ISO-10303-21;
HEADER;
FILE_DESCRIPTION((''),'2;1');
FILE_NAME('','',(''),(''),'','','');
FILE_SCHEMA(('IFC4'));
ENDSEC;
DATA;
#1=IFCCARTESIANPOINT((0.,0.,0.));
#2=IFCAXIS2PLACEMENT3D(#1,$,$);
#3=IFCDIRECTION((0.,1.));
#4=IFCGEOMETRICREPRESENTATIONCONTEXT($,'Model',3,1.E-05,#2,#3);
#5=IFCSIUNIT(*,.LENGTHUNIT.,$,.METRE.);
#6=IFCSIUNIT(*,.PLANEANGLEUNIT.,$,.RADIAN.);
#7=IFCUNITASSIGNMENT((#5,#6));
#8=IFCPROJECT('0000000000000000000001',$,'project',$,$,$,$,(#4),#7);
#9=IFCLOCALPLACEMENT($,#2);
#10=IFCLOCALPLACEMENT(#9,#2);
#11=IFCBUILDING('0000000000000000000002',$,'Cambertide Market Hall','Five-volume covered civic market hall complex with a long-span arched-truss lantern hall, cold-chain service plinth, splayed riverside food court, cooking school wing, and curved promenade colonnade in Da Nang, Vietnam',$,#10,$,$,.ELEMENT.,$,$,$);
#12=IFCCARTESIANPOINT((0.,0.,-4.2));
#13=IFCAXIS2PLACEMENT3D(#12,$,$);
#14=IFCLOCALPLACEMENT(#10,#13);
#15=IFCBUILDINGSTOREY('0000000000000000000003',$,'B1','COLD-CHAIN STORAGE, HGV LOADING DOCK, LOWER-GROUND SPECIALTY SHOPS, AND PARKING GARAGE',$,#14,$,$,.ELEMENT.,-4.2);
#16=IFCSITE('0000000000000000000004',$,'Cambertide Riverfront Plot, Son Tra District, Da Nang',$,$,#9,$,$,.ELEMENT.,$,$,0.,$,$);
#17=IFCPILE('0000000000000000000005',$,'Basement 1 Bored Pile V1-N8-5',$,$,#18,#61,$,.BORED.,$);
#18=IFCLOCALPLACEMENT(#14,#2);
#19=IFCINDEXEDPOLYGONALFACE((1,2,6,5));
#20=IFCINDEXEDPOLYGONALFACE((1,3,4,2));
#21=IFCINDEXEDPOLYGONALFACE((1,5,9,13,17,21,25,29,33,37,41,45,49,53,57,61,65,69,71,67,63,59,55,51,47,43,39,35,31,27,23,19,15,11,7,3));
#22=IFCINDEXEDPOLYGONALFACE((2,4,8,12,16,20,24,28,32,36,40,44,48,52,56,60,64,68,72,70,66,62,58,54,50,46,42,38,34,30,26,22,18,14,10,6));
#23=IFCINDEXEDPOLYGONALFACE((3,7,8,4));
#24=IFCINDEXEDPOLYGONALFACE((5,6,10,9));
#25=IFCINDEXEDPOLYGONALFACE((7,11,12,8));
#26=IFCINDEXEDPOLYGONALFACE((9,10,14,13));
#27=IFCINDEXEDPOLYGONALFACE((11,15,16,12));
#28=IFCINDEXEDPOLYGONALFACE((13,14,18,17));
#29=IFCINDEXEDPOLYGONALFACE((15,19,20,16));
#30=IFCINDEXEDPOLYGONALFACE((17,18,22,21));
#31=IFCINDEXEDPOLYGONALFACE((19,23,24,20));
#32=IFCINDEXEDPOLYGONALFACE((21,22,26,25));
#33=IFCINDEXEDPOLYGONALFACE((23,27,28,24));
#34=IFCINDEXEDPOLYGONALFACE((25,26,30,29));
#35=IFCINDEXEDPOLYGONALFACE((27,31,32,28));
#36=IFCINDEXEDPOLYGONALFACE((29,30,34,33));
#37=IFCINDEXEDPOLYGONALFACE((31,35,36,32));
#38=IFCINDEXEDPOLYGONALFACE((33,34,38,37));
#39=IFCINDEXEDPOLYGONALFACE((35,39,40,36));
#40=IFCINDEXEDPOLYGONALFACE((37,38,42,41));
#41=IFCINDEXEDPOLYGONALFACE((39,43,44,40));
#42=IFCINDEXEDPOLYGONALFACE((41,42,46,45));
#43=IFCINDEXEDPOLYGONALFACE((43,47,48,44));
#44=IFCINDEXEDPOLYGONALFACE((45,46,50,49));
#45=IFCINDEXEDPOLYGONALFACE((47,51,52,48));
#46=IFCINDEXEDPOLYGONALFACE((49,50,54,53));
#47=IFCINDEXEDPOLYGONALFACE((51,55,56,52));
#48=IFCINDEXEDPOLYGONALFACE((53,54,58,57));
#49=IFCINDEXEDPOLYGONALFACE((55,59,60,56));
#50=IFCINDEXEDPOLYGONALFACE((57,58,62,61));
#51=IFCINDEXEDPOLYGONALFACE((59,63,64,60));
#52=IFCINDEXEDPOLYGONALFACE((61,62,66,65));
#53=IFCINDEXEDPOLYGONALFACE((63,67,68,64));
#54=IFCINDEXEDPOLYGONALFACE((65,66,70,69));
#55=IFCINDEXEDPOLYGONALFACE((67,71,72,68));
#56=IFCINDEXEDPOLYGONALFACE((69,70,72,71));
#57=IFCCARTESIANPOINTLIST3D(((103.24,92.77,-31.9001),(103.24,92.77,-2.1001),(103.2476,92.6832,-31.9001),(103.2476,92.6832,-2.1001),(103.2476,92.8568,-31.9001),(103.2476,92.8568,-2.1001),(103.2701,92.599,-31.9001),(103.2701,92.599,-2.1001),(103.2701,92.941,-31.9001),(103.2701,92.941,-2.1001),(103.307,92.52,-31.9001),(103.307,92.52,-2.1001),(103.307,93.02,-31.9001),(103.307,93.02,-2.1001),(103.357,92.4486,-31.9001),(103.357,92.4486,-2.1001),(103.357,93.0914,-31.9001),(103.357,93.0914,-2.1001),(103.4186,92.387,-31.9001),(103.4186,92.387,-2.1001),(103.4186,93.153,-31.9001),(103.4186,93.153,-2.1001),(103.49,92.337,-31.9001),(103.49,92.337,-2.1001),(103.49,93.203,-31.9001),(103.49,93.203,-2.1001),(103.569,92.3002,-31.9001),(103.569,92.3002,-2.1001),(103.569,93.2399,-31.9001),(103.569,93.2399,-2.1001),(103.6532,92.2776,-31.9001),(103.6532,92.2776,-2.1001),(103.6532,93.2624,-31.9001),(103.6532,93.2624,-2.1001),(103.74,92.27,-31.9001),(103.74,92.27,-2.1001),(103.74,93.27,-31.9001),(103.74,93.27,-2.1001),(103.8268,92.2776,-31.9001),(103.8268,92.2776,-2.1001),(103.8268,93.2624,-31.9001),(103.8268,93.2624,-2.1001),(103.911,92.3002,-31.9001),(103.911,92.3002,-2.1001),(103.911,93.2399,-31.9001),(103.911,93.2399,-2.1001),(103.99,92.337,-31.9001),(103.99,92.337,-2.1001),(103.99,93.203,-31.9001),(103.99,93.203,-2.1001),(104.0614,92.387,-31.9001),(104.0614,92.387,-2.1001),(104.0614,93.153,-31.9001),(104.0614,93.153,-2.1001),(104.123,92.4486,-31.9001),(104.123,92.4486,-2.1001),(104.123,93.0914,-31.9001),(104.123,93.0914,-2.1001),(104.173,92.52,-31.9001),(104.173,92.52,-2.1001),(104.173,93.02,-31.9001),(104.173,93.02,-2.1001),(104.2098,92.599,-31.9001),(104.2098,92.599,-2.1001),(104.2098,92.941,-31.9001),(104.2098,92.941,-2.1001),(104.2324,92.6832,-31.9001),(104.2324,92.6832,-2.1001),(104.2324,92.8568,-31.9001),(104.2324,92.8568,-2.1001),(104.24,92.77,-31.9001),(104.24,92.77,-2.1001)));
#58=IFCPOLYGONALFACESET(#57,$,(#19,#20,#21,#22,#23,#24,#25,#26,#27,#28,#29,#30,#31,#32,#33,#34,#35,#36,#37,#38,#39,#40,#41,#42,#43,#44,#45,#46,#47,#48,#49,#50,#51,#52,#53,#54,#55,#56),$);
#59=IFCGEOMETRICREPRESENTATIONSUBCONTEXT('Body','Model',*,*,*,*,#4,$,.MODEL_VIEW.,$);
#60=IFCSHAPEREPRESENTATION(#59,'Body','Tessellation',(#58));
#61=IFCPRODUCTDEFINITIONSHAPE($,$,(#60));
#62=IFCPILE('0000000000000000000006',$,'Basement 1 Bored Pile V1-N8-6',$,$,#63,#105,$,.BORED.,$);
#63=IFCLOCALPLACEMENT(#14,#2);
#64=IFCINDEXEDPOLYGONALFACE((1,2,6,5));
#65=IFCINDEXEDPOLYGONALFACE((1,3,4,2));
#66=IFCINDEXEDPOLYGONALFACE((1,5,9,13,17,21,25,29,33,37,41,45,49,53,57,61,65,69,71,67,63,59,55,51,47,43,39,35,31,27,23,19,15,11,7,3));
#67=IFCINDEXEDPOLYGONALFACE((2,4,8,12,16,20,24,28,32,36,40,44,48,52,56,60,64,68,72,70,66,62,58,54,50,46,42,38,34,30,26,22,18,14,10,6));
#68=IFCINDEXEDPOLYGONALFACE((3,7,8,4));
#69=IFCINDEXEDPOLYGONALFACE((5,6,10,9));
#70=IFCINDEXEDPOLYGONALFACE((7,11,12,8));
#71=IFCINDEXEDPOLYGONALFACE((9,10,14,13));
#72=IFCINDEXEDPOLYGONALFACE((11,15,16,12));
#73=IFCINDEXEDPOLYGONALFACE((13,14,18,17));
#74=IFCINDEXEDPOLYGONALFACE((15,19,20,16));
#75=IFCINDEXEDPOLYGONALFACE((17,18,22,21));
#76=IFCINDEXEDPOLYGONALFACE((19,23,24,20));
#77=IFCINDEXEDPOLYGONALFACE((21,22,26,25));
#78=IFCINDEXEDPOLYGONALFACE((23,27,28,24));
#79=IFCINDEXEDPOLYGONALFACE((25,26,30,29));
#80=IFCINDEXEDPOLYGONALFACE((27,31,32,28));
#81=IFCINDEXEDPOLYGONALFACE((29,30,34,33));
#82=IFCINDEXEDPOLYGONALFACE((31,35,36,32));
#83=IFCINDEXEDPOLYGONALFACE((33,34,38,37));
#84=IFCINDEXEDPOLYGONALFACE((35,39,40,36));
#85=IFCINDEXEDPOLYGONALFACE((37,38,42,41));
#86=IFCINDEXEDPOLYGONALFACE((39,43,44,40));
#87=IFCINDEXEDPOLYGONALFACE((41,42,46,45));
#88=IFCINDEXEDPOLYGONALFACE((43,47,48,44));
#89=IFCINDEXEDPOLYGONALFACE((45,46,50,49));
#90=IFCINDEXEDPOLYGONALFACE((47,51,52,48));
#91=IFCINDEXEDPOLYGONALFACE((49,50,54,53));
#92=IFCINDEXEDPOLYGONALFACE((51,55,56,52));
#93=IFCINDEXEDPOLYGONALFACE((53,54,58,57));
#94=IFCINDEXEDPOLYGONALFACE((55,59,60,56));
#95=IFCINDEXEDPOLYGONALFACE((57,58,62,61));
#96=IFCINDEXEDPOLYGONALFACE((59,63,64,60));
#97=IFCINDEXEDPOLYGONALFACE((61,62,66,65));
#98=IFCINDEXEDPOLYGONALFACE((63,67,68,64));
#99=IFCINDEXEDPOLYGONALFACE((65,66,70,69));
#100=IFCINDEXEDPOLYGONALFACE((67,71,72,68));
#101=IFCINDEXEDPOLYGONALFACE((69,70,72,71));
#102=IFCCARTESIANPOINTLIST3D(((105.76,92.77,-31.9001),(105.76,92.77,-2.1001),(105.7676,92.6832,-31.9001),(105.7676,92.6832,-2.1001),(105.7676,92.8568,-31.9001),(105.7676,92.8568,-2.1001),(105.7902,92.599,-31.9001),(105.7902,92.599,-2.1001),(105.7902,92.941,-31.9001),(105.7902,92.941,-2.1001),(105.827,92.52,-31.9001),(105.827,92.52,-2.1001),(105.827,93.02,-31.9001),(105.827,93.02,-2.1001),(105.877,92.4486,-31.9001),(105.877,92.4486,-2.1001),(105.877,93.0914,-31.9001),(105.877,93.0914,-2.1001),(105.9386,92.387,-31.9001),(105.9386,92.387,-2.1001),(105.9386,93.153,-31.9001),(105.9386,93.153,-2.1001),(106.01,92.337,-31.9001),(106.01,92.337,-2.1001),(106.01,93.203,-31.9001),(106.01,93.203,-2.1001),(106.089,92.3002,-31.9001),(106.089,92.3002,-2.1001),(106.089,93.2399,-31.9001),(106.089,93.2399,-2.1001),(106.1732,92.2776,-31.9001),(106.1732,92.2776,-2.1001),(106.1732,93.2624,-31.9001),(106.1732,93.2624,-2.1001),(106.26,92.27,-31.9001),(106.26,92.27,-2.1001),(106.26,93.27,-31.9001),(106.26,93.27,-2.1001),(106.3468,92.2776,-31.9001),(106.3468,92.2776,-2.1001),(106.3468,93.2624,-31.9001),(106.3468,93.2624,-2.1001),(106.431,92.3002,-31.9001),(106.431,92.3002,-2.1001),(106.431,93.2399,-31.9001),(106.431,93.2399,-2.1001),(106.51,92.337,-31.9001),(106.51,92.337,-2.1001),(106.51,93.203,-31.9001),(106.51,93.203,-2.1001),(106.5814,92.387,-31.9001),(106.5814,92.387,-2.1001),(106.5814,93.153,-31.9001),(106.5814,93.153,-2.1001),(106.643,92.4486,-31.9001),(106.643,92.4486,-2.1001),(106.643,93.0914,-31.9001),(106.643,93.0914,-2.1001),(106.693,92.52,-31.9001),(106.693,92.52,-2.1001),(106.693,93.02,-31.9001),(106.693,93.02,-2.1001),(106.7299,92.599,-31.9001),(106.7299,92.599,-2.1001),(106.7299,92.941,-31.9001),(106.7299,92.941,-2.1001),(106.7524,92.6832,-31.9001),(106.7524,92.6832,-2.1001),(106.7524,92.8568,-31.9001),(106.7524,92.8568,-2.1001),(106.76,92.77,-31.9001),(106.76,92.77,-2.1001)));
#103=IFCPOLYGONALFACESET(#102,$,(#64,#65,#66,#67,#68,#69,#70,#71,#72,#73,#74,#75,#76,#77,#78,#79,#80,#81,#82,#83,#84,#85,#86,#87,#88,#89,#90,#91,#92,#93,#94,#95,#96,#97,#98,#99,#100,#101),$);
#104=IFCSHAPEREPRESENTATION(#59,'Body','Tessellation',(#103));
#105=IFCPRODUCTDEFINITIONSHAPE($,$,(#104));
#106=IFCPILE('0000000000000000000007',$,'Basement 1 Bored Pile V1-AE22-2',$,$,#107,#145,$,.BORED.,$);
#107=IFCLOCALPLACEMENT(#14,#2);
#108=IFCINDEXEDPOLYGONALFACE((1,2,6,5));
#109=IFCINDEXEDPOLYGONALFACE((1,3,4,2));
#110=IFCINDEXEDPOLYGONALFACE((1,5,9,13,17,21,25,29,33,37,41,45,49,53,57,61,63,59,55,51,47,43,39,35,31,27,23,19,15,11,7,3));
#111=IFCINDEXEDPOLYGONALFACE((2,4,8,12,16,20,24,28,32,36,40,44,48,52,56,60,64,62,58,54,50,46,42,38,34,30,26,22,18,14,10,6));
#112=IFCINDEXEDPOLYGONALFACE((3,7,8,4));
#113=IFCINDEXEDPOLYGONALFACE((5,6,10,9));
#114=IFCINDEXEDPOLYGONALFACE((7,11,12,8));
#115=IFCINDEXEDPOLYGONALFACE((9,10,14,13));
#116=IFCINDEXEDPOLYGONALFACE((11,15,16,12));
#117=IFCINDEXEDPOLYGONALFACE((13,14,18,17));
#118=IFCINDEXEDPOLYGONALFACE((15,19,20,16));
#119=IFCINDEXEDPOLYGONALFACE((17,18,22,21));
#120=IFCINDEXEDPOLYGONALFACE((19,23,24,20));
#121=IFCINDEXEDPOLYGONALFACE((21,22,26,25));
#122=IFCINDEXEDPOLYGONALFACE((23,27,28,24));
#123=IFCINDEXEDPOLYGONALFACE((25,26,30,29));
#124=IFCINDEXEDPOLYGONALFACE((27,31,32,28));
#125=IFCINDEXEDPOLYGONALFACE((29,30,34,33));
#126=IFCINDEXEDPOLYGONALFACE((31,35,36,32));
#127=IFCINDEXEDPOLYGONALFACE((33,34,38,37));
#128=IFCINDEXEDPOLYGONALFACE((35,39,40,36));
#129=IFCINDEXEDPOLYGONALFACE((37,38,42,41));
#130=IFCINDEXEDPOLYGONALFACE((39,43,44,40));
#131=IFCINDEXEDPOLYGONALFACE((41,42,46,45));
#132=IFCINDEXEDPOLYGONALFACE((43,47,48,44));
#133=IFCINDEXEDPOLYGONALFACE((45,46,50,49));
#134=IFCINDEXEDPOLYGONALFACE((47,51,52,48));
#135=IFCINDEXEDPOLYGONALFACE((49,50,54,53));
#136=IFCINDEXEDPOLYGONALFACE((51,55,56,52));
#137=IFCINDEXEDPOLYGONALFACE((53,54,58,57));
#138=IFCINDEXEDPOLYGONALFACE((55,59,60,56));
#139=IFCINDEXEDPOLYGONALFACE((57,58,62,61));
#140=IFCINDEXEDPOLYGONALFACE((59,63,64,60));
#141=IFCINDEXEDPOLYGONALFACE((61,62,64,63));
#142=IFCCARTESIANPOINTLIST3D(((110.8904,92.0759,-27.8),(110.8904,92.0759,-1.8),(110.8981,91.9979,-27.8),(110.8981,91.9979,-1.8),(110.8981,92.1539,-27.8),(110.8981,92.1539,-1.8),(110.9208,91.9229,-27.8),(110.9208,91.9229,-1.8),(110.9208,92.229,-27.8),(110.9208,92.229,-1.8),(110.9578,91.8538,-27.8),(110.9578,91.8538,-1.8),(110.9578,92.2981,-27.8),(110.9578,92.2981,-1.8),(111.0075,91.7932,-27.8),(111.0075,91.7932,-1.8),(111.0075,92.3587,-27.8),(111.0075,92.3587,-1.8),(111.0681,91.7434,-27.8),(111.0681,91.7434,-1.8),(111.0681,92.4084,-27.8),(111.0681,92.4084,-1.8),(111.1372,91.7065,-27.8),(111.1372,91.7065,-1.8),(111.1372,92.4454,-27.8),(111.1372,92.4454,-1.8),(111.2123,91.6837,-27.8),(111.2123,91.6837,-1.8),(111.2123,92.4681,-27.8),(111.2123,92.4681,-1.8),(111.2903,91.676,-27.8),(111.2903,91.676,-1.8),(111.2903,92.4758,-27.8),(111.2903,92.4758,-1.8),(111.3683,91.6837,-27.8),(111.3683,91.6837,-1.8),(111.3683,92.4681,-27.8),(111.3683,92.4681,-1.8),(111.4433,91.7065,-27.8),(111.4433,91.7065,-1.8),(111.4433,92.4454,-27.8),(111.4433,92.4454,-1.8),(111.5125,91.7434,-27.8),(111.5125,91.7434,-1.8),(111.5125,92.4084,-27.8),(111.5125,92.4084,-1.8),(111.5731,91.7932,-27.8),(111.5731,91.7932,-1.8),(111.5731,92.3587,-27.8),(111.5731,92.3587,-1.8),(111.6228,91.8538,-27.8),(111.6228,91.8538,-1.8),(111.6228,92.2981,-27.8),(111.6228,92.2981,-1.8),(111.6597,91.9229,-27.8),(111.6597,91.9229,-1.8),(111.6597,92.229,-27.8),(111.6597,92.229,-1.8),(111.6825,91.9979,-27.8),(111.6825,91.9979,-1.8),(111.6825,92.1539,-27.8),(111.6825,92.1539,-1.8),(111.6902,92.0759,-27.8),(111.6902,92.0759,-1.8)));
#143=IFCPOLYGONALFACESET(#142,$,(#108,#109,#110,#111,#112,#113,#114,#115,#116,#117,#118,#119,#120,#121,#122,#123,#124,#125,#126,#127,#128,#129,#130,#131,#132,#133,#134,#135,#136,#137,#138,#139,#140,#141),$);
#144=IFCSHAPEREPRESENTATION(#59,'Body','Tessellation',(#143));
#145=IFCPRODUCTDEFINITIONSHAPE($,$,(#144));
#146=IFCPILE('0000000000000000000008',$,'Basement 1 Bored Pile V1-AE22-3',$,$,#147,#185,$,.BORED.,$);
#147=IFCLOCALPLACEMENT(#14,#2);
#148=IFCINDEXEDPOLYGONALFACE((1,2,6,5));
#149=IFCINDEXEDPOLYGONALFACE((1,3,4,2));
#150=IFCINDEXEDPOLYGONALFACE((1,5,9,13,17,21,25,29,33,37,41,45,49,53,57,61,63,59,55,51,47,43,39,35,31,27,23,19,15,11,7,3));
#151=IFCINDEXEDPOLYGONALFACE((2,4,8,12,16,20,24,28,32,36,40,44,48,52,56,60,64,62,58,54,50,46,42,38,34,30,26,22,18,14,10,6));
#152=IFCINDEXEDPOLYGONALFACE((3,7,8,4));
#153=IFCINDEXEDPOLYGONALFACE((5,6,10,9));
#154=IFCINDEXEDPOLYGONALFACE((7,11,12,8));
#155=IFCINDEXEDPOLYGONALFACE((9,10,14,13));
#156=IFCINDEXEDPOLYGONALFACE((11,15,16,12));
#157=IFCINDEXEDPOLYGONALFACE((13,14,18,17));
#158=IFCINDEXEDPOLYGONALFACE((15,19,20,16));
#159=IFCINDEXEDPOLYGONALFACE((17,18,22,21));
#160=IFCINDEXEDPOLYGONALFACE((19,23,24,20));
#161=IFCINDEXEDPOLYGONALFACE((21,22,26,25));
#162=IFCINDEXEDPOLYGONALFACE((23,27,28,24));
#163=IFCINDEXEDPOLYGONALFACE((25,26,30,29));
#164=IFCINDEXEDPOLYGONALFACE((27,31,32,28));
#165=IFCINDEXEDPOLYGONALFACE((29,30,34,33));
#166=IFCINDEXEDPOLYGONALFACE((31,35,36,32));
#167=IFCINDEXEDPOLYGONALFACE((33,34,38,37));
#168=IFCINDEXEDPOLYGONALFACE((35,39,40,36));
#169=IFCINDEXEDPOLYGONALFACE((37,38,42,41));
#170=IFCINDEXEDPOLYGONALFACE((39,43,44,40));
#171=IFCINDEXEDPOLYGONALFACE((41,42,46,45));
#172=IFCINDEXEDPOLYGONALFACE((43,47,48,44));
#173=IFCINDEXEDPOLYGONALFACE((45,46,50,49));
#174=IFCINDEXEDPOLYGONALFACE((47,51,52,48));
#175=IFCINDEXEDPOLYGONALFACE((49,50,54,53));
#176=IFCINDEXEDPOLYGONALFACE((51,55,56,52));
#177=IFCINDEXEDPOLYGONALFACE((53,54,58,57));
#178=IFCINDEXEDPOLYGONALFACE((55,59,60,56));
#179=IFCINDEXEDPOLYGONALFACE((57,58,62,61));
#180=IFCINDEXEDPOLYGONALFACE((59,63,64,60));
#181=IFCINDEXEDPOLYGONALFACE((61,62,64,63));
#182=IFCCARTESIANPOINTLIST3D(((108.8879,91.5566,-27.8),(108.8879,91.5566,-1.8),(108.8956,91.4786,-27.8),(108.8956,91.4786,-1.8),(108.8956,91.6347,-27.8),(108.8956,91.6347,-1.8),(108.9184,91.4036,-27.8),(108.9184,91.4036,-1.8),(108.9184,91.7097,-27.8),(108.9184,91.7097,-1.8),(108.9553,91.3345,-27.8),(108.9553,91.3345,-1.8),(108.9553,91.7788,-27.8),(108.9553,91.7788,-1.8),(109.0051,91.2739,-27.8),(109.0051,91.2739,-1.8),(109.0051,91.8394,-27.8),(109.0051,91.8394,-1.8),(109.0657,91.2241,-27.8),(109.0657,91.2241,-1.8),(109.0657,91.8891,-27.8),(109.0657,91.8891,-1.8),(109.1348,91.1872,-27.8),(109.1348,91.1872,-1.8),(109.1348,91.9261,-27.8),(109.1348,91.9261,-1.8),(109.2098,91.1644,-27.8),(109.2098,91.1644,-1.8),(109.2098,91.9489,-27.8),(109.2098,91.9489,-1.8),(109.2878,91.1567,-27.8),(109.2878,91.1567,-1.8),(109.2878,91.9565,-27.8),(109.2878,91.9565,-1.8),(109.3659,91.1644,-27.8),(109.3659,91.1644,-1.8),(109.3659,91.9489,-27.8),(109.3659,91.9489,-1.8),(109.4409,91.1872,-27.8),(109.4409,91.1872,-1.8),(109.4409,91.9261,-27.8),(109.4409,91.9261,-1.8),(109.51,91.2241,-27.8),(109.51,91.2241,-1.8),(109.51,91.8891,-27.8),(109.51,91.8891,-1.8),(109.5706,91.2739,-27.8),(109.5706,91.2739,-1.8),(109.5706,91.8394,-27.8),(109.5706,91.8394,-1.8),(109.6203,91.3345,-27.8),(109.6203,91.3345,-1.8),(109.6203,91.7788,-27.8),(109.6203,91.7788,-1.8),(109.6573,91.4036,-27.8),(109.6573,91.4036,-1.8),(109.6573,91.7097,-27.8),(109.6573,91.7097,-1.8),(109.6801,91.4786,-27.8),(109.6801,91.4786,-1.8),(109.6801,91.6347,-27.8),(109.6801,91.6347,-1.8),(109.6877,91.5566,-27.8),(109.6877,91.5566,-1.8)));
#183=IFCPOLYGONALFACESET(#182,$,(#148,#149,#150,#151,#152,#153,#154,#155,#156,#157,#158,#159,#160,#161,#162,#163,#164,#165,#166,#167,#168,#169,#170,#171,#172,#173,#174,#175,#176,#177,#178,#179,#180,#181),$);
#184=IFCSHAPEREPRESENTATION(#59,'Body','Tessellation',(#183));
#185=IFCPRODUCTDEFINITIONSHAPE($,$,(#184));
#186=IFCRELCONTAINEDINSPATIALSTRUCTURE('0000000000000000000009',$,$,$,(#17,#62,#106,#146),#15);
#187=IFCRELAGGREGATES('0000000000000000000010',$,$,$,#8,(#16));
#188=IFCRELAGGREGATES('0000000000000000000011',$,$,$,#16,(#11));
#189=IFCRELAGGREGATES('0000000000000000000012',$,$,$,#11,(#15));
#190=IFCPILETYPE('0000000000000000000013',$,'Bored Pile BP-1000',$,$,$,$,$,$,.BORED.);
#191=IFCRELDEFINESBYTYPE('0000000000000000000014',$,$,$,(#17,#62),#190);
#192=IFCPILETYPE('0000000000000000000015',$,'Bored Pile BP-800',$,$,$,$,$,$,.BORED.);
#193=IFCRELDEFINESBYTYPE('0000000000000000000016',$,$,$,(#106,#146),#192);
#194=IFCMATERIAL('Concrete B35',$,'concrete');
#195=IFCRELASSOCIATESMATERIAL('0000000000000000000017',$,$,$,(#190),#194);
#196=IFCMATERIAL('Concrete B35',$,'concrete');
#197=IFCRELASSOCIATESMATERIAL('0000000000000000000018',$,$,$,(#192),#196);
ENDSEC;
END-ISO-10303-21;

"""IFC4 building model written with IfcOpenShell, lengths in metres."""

from ifc_helpers import new_model, si_unit, direction, frame, origin, origin_2d, place, context, subcontext, project, spatial, circle, extrude, material, material_profile, profile_set, type_object, element, save


model = new_model("IFC4")

# Units and contexts
model_context = context("Model", 3, precision=1e-05, world=origin(), true_north=direction((0.0, 1.0)))
body_context = subcontext(model_context, "Body", "Model", "MODEL_VIEW")
ifc_project = project(units=[si_unit("LENGTHUNIT", "METRE"), si_unit("PLANEANGLEUNIT", "RADIAN")], contexts=[model_context])

# Site, building, storey
site_placement = place(None, origin())
site = spatial("IfcSite", under=ifc_project, at=site_placement, Name="Cambertide Riverfront Plot, Son Tra District, Da Nang", CompositionType="ELEMENT", RefElevation=0.0)
building_placement = place(site_placement, origin())
building = spatial("IfcBuilding", under=site, at=building_placement, Name="Cambertide Market Hall", Description="Five-volume covered civic market hall complex with a long-span arched-truss lantern hall, cold-chain service plinth, splayed riverside food court, cooking school wing, and curved promenade colonnade in Da Nang, Vietnam", CompositionType="ELEMENT")
storey_placement = place(building_placement, frame((0.0, 0.0, -4.2)))
storey = spatial("IfcBuildingStorey", under=building, at=storey_placement, Name="B1", Description="COLD-CHAIN STORAGE, HGV LOADING DOCK, LOWER-GROUND SPECIALTY SHOPS, AND PARKING GARAGE", CompositionType="ELEMENT", Elevation=-4.2)

# Piles
ifc_material_1 = material(Name="Concrete B35", Category="concrete")
ifc_material_profile_1 = material_profile(ifc_material_1, circle(Radius=0.5, at=origin_2d()), Name="BP D1000")
ifc_profile_set_1 = profile_set([ifc_material_profile_1], Name="Concrete B35")
pile_type_1 = type_object("IfcPileType", Name="Bored Pile BP-1000", PredefinedType="BORED", material=ifc_profile_set_1)
for number, where, z_axis, x_axis, name in (
    (1, (103.74, 92.77, -2.1001), (0.0, 0.0, -1.0), (1.0, 0.0, 0.0), "Basement 1 Bored Pile V1-N8-5"),
    (2, (106.26, 92.77, -2.1001), (0.0, 0.0, -1.0), (1.0, 0.0, 0.0), "Basement 1 Bored Pile V1-N8-6"),
):
    element("IfcPile", number, at=place(storey_placement, frame(where, z_axis=z_axis, x_axis=x_axis)), inside=storey, type_object=pile_type_1, Name=name, PredefinedType="BORED", context=body_context, shape_type="SweptSolid", body=[
        extrude(circle(Radius=0.5, at=origin_2d()), origin(), (0.0, 0.0, 1.0), 29.8),
    ])
ifc_material_2 = material(Name="Concrete B35", Category="concrete")
ifc_material_profile_2 = material_profile(ifc_material_2, circle(Radius=0.3999, at=origin_2d()), Name="BP D800")
ifc_profile_set_2 = profile_set([ifc_material_profile_2], Name="Concrete B35")
pile_type_2 = type_object("IfcPileType", Name="Bored Pile BP-800", PredefinedType="BORED", material=ifc_profile_set_2)
for number, where, z_axis, x_axis, name in (
    (3, (111.2903, 92.0759, -1.8), (0.0, 0.0, -1.0), (1.0, 0.0, 0.0), "Basement 1 Bored Pile V1-AE22-2"),
    (4, (109.2878, 91.5566, -1.8), (0.0, 0.0, -1.0), (1.0, 0.0, 0.0), "Basement 1 Bored Pile V1-AE22-3"),
):
    element("IfcPile", number, at=place(storey_placement, frame(where, z_axis=z_axis, x_axis=x_axis)), inside=storey, type_object=pile_type_2, Name=name, PredefinedType="BORED", context=body_context, shape_type="SweptSolid", body=[
        extrude(circle(Radius=0.3999, at=origin_2d()), origin(), (0.0, 0.0, 1.0), 26.0),
    ])

save(model, "model.ifc")
